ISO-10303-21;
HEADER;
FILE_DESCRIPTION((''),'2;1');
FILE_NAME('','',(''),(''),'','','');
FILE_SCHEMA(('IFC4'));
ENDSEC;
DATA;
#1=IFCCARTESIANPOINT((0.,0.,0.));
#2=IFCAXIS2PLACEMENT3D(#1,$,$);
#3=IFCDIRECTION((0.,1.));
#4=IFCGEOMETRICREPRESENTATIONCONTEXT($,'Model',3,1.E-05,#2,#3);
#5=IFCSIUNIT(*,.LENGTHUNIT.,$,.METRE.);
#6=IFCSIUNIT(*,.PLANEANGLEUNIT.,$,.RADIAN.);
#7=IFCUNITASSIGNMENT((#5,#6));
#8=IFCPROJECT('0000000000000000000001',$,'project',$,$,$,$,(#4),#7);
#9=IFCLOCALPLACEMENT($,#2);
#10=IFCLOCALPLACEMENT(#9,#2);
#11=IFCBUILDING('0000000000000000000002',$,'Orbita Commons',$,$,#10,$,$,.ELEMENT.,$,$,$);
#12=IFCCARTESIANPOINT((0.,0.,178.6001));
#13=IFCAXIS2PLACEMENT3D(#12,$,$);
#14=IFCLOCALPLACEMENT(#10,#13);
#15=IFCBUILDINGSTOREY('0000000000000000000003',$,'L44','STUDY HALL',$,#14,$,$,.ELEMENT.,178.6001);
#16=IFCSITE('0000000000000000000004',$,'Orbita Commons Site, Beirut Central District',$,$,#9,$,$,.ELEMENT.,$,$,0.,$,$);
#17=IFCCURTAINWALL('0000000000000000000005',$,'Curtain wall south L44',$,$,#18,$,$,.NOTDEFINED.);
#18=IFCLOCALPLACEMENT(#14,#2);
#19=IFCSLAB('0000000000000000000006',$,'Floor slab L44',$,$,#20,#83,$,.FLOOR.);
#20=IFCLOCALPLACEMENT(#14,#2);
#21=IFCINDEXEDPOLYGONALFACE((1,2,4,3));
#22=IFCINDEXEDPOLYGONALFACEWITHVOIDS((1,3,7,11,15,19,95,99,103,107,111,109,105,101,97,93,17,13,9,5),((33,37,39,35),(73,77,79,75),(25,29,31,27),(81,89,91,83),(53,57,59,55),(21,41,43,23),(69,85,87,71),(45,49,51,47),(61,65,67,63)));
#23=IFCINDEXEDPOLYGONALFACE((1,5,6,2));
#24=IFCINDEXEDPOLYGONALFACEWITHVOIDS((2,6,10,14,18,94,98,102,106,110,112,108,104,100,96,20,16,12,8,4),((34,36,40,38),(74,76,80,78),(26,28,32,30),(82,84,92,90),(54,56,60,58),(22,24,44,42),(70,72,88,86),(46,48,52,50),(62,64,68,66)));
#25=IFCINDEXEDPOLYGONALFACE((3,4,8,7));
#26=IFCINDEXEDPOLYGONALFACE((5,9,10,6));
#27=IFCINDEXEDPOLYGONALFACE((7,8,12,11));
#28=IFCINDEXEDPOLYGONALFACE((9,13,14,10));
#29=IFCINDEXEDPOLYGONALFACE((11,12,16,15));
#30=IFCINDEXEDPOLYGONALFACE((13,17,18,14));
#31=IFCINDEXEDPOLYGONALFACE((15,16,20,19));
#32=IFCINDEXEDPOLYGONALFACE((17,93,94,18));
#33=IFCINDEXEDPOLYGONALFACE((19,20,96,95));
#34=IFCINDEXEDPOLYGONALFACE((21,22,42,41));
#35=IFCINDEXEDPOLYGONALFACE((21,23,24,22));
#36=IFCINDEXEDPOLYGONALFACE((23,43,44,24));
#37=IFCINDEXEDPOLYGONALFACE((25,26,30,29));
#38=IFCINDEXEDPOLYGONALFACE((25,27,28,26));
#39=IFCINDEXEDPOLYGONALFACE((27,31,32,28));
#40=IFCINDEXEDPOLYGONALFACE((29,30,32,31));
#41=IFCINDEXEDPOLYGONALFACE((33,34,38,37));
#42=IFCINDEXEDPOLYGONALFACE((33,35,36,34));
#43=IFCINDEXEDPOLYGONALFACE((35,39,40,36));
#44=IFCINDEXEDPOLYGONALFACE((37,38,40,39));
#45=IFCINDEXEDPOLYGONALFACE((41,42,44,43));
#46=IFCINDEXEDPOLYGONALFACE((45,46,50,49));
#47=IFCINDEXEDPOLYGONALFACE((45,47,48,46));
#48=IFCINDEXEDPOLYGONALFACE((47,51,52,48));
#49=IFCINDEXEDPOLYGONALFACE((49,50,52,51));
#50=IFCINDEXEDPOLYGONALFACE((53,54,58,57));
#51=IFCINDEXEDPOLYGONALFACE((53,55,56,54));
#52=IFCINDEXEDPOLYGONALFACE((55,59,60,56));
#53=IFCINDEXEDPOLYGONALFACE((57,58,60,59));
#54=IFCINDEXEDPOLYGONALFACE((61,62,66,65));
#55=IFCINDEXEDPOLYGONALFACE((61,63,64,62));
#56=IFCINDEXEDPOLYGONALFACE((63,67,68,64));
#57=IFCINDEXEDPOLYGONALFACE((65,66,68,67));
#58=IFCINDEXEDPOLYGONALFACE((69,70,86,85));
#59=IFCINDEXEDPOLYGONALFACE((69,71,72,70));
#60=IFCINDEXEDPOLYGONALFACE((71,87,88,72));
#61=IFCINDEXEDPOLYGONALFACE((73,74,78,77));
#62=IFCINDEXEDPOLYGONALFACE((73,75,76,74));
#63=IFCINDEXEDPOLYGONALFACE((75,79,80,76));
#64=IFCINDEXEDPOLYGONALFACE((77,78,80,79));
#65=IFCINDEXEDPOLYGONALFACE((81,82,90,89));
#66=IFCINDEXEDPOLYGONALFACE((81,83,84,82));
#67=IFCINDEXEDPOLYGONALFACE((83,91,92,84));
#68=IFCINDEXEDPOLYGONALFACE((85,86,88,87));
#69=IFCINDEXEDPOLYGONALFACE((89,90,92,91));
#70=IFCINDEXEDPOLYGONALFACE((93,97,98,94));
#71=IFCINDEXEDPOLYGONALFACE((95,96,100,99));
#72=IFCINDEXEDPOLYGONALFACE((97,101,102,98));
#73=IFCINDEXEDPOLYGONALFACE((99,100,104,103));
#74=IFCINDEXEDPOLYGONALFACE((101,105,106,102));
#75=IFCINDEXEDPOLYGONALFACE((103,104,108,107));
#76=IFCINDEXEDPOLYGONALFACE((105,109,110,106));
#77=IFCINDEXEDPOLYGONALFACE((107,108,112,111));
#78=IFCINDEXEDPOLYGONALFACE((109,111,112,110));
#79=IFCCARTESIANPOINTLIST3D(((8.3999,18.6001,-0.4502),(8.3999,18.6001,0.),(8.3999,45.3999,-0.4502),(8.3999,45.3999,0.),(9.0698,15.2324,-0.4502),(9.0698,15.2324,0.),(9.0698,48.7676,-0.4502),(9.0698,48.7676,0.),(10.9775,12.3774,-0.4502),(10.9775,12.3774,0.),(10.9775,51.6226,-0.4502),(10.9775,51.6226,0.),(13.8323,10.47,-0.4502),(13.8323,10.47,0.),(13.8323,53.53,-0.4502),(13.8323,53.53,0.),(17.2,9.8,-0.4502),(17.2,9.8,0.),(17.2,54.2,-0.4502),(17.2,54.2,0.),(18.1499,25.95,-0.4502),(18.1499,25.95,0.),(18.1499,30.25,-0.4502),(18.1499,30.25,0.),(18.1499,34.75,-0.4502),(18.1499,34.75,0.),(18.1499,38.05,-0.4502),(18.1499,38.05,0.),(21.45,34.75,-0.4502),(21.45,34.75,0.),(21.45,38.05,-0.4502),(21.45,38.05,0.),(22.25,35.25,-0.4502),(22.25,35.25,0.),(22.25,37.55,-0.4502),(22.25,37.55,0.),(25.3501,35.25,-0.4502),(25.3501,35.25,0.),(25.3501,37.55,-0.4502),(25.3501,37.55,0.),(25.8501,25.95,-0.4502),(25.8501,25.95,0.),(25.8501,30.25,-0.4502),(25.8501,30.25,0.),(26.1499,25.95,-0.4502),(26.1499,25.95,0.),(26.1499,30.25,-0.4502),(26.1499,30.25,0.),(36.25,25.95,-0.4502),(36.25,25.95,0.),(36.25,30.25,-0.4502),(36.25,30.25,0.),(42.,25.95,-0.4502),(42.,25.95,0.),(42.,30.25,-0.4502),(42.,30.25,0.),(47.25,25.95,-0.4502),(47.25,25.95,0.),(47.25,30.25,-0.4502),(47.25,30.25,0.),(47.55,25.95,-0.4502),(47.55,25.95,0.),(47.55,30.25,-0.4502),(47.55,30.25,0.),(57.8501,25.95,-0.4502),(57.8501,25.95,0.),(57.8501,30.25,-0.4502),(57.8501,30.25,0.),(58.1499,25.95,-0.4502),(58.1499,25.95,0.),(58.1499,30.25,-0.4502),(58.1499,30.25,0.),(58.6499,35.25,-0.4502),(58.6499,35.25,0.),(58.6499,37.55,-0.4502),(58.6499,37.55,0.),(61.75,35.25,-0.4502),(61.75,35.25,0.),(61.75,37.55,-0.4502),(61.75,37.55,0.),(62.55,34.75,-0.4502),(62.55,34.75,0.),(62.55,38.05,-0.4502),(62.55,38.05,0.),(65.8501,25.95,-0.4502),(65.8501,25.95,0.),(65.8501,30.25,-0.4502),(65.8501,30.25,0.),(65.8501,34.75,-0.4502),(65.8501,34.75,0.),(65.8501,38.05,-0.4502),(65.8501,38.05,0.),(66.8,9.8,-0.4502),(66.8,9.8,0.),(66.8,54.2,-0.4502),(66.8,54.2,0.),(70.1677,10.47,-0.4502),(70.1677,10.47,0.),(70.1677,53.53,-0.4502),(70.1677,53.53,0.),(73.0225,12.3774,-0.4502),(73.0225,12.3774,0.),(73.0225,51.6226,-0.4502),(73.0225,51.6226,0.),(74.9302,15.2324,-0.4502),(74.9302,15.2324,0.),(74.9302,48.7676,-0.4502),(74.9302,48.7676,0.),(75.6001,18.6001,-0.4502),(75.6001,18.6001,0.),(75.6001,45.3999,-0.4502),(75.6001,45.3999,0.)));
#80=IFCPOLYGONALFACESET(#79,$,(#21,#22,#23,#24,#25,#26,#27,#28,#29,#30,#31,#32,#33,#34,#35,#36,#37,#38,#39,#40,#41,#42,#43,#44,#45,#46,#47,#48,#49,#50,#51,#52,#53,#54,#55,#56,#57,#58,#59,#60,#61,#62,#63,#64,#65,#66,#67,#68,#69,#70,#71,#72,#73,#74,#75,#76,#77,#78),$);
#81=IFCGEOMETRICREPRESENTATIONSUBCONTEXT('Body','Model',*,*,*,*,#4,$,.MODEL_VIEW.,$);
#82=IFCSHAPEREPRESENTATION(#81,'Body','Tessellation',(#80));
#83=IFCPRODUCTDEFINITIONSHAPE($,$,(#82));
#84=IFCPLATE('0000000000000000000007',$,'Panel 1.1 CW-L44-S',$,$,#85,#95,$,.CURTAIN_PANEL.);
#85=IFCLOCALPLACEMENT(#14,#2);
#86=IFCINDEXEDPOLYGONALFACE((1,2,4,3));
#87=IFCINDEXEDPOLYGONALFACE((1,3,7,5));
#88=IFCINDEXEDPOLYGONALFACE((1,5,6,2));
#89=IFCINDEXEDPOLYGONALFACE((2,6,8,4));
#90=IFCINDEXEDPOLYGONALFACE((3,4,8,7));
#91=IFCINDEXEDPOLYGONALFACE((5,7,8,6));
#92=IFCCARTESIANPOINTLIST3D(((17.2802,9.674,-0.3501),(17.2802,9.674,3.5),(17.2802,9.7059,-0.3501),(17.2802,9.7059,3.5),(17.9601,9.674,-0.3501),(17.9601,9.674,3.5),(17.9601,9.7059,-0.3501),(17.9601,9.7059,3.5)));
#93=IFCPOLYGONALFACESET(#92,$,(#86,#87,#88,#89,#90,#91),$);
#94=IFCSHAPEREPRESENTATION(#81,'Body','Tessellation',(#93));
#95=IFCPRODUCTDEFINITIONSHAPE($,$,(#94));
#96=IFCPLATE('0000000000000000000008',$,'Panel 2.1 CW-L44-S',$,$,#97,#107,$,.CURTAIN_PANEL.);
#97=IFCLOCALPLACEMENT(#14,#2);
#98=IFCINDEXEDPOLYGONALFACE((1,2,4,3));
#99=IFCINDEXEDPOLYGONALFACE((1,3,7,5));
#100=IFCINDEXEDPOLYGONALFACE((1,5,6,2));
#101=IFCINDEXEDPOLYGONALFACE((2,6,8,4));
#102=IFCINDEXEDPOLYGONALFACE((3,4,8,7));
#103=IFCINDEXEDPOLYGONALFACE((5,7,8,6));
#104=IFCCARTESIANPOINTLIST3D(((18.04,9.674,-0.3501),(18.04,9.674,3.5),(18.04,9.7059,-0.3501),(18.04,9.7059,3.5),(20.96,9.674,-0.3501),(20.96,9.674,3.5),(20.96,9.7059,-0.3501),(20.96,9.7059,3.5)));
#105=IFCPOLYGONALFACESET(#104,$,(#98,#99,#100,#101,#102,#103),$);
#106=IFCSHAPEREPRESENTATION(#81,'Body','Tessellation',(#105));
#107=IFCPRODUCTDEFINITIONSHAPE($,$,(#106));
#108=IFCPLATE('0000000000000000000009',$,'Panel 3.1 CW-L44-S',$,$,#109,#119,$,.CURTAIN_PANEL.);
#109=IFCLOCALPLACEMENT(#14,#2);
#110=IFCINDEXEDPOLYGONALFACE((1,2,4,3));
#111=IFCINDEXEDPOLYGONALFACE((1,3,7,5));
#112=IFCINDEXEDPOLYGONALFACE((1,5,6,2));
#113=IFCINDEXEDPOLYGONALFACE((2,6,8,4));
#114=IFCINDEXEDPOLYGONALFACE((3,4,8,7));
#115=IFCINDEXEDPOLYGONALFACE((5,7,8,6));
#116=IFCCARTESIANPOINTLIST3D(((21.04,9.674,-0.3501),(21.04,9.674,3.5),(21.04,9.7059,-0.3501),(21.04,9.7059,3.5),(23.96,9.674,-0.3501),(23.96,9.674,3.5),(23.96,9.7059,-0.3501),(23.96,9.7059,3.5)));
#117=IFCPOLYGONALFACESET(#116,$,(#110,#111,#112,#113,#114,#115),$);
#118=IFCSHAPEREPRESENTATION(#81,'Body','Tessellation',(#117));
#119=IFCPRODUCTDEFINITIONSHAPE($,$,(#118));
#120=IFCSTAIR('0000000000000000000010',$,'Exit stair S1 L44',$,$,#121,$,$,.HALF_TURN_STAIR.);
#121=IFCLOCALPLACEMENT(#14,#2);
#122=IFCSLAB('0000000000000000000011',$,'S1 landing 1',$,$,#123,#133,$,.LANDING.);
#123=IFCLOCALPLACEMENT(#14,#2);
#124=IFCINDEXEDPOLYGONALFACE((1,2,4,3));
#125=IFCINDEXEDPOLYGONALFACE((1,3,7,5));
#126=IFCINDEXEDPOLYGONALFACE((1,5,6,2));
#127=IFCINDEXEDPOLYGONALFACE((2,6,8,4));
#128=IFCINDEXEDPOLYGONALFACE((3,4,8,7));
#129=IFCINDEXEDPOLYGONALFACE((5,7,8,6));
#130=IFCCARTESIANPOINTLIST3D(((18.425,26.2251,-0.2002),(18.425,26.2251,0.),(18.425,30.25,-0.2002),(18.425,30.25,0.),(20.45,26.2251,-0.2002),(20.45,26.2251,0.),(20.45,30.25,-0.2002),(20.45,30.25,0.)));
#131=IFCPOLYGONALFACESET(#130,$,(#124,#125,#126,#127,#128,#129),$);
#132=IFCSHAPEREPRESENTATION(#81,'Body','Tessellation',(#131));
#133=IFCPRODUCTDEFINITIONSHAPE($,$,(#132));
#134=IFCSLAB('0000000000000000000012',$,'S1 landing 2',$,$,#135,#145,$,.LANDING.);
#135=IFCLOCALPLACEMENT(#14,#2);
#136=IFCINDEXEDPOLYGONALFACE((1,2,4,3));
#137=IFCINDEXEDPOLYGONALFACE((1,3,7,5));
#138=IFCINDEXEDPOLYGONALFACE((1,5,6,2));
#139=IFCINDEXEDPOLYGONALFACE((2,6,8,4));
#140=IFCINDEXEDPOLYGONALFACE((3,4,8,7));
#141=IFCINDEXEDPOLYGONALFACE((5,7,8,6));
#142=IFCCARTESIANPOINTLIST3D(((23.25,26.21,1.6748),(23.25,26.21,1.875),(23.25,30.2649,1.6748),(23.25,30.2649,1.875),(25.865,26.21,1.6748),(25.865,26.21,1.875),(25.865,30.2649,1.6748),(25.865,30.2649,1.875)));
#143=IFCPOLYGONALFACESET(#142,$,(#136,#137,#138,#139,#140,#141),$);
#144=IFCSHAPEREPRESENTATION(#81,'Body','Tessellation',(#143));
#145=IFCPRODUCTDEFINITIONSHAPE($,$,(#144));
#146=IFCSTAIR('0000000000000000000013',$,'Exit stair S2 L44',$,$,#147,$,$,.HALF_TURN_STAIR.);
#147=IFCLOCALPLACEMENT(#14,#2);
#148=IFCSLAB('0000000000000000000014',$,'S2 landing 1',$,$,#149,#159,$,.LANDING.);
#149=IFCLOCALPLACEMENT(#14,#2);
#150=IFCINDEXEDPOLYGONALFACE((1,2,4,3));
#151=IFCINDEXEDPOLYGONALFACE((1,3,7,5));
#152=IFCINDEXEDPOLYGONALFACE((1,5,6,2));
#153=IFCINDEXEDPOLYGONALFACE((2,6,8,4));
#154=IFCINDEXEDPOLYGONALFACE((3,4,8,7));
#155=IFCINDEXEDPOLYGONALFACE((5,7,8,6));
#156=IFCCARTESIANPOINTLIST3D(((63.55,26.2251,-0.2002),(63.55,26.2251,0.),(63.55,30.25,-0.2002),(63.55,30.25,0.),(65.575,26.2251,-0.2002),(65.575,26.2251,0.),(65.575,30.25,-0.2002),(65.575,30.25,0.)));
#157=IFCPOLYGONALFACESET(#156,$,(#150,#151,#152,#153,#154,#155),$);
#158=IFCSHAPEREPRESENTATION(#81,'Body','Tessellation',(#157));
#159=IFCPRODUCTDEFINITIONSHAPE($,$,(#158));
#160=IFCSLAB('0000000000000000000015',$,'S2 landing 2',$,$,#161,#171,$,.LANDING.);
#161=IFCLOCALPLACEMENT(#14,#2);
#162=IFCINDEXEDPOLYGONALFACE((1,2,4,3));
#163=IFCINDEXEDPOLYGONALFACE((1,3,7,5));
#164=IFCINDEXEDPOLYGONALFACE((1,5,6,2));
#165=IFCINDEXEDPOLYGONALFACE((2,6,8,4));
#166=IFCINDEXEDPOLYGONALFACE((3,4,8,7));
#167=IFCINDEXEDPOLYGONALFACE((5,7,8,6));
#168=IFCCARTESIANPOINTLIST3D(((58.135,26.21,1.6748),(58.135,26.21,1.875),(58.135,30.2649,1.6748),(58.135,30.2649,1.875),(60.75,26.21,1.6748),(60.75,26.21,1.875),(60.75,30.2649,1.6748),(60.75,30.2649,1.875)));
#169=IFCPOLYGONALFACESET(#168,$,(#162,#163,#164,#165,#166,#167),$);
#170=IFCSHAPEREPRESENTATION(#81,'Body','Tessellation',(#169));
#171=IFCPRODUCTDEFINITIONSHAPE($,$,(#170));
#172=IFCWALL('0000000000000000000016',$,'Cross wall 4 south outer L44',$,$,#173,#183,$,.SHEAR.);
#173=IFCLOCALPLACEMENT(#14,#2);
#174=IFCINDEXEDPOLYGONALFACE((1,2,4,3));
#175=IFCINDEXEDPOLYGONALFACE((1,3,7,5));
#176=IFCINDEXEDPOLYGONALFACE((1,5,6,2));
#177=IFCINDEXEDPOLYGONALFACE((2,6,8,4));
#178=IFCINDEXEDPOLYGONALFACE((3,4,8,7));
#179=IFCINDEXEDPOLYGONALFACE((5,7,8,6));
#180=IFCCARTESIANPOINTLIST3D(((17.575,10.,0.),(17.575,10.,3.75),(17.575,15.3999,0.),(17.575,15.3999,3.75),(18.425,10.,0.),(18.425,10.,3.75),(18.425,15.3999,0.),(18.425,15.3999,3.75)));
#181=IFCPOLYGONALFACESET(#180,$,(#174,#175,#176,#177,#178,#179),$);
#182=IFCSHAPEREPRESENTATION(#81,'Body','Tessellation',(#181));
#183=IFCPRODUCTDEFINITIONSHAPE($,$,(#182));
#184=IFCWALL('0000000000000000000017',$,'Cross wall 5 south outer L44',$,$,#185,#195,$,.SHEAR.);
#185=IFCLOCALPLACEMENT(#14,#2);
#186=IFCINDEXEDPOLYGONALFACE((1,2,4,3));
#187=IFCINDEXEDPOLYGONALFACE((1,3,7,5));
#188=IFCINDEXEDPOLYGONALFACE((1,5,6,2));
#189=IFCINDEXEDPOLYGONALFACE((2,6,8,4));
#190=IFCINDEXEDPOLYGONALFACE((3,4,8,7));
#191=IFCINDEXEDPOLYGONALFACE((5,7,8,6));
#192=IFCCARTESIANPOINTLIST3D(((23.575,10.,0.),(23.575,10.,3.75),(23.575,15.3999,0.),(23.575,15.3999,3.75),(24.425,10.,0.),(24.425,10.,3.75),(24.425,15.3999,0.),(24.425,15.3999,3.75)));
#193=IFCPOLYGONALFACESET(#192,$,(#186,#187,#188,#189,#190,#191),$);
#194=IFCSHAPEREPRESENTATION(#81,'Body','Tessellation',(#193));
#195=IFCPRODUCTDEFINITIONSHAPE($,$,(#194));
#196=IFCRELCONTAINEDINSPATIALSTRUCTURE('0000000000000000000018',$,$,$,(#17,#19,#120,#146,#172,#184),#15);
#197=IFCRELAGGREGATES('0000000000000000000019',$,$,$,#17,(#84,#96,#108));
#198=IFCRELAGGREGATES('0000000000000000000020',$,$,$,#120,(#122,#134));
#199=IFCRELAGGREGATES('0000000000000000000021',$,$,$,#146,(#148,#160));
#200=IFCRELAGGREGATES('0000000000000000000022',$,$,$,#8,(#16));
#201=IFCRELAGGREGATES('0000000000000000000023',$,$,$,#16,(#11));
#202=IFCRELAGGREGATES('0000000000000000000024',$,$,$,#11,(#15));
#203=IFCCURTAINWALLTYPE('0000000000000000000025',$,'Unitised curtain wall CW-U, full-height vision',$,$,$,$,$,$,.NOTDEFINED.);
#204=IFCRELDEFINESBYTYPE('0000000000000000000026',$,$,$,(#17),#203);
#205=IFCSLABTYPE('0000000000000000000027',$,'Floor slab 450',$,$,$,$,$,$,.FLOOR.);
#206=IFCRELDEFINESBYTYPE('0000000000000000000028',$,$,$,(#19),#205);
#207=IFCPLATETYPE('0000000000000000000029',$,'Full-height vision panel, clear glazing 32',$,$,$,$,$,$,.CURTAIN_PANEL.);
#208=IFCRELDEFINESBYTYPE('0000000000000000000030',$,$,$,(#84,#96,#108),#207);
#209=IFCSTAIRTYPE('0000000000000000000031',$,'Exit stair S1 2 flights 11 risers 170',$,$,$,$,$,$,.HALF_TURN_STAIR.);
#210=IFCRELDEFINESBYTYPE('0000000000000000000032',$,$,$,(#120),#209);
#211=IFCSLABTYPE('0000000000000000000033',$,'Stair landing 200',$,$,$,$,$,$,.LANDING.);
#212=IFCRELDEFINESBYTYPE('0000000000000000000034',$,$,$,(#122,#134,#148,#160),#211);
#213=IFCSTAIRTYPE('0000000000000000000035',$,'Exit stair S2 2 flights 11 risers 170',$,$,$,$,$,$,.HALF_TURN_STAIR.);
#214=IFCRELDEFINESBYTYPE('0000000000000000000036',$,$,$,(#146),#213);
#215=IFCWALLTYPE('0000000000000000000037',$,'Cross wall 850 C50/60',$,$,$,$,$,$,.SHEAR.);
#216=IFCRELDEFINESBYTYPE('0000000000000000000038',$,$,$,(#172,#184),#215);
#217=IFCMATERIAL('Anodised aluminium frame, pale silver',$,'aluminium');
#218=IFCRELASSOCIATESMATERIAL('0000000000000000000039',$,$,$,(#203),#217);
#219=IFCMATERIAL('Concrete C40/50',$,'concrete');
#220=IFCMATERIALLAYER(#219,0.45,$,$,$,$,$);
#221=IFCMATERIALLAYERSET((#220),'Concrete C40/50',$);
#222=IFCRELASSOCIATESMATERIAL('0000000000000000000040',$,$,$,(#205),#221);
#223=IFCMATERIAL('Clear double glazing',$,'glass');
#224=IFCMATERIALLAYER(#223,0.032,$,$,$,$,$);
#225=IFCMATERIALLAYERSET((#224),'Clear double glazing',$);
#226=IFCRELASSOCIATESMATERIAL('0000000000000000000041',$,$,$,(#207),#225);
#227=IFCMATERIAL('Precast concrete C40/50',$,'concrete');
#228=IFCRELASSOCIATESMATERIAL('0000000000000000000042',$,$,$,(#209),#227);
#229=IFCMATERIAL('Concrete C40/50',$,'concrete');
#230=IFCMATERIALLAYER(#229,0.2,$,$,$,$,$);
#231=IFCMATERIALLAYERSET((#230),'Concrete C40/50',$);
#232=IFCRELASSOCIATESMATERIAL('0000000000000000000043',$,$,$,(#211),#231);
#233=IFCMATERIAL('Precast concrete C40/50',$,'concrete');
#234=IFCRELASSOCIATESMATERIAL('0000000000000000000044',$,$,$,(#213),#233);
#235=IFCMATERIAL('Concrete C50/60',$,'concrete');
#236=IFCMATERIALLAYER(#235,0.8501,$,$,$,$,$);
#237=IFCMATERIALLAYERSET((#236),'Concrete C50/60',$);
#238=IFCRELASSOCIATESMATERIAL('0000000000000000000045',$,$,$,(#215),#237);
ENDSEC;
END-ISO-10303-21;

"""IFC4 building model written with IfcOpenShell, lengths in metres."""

from ifc_helpers import new_model, si_unit, direction, frame, frame_2d, origin, origin_2d, place, context, subcontext, project, spatial, polyline, rectangle, outline, extrude, material, layer, layer_set, type_object, element, aggregate, save


model = new_model("IFC4")

# Units and contexts
model_context = context("Model", 3, precision=1e-05, world=origin(), true_north=direction((0.0, 1.0)))
body_context = subcontext(model_context, "Body", "Model", "MODEL_VIEW")
ifc_project = project(units=[si_unit("LENGTHUNIT", "METRE"), si_unit("PLANEANGLEUNIT", "RADIAN")], contexts=[model_context])

# Site, building, storey
site_placement = place(None, origin())
site = spatial("IfcSite", under=ifc_project, at=site_placement, Name="Orbita Commons Site, Beirut Central District", CompositionType="ELEMENT", RefElevation=0.0)
building_placement = place(site_placement, origin())
building = spatial("IfcBuilding", under=site, at=building_placement, Name="Orbita Commons", CompositionType="ELEMENT")
storey_placement = place(building_placement, frame((0.0, 0.0, 178.6001)))
storey = spatial("IfcBuildingStorey", under=building, at=storey_placement, Name="L44", Description="STUDY HALL", CompositionType="ELEMENT", Elevation=178.6001)

# Curtain wall
ifc_material_1 = material(Name="Anodised aluminium frame, pale silver", Category="aluminium")
curtain_wall_type = type_object("IfcCurtainWallType", Name="Unitised curtain wall CW-U, full-height vision", PredefinedType="NOTDEFINED", material=ifc_material_1)
curtain_wall_placement = place(storey_placement, origin())
curtain_wall = element("IfcCurtainWall", 1, at=curtain_wall_placement, inside=storey, type_object=curtain_wall_type, Name="Curtain wall south L44", PredefinedType="NOTDEFINED")

# Slab
ifc_material_2 = material(Name="Concrete C40/50", Category="concrete")
ifc_layer_1 = layer(ifc_material_2, 0.45)
ifc_layer_set_1 = layer_set([ifc_layer_1], Name="Concrete C40/50")
slab_type_1 = type_object("IfcSlabType", Name="Floor slab 450", PredefinedType="FLOOR", material=ifc_layer_set_1)
slab_1_placement = place(storey_placement, frame((0.0, 0.0, -0.4502)))
element("IfcSlab", 2, at=slab_1_placement, inside=storey, type_object=slab_type_1, Name="Floor slab L44", PredefinedType="FLOOR", context=body_context, shape_type="SweptSolid", body=[
    extrude(outline(polyline([(66.8, 9.8), (70.1677, 10.47), (73.0225, 12.3774), (74.9302, 15.2324), (75.6001, 18.6001), (75.6001, 45.3999), (74.9302, 48.7676), (73.0225, 51.6226), (70.1677, 53.53), (66.8, 54.2), (17.2, 54.2), (13.8323, 53.53), (10.9775, 51.6226), (9.0698, 48.7676), (8.3999, 45.3999), (8.3999, 18.6001), (9.0698, 15.2324), (10.9775, 12.3774), (13.8323, 10.47), (17.2, 9.8), (66.8, 9.8)]), holes=[polyline([(18.1499, 25.95), (25.8501, 25.95), (25.8501, 30.25), (18.1499, 30.25), (18.1499, 25.95)]), polyline([(58.1499, 25.95), (65.8501, 25.95), (65.8501, 30.25), (58.1499, 30.25), (58.1499, 25.95)]), polyline([(18.1499, 34.75), (21.45, 34.75), (21.45, 38.05), (18.1499, 38.05), (18.1499, 34.75)]), polyline([(62.55, 34.75), (65.8501, 34.75), (65.8501, 38.05), (62.55, 38.05), (62.55, 34.75)]), polyline([(22.25, 35.25), (25.3501, 35.25), (25.3501, 37.55), (22.25, 37.55), (22.25, 35.25)]), polyline([(58.6499, 35.25), (61.75, 35.25), (61.75, 37.55), (58.6499, 37.55), (58.6499, 35.25)]), polyline([(26.1499, 25.95), (36.25, 25.95), (36.25, 30.25), (26.1499, 30.25), (26.1499, 25.95)]), polyline([(42.0, 25.95), (47.25, 25.95), (47.25, 30.25), (42.0, 30.25), (42.0, 25.95)]), polyline([(47.55, 25.95), (57.8501, 25.95), (57.8501, 30.25), (47.55, 30.25), (47.55, 25.95)])]), origin(), (0.0, 0.0, 1.0), 0.4502),
])

# Plates
ifc_material_3 = material(Name="Clear double glazing", Category="glass")
ifc_layer_2 = layer(ifc_material_3, 0.032)
ifc_layer_set_2 = layer_set([ifc_layer_2], Name="Clear double glazing")
plate_type = type_object("IfcPlateType", Name="Full-height vision panel, clear glazing 32", PredefinedType="CURTAIN_PANEL", material=ifc_layer_set_2)
plate_1_placement = place(storey_placement, frame((17.6201, 9.6899, -0.3501), z_axis=(0.0, 0.0, 1.0), x_axis=(1.0, 0.0, 0.0)))
plate_1 = element("IfcPlate", 3, at=plate_1_placement, type_object=plate_type, Name="Panel 1.1 CW-L44-S", PredefinedType="CURTAIN_PANEL", context=body_context, shape_type="SweptSolid", body=[
    extrude(rectangle(XDim=0.6799, YDim=0.032, at=origin_2d()), origin(), (0.0, 0.0, 1.0), 3.8501),
])
plate_2_placement = place(storey_placement, frame((19.5, 9.6899, -0.3501), z_axis=(0.0, 0.0, 1.0), x_axis=(1.0, 0.0, 0.0)))
plate_2 = element("IfcPlate", 4, at=plate_2_placement, type_object=plate_type, Name="Panel 2.1 CW-L44-S", PredefinedType="CURTAIN_PANEL", context=body_context, shape_type="SweptSolid", body=[
    extrude(rectangle(XDim=2.9199, YDim=0.032, at=origin_2d()), origin(), (0.0, 0.0, 1.0), 3.8501),
])
plate_3_placement = place(storey_placement, frame((22.5, 9.6899, -0.3501), z_axis=(0.0, 0.0, 1.0), x_axis=(1.0, 0.0, 0.0)))
plate_3 = element("IfcPlate", 5, at=plate_3_placement, type_object=plate_type, Name="Panel 3.1 CW-L44-S", PredefinedType="CURTAIN_PANEL", context=body_context, shape_type="SweptSolid", body=[
    extrude(rectangle(XDim=2.9199, YDim=0.032, at=origin_2d()), origin(), (0.0, 0.0, 1.0), 3.8501),
])
aggregate(curtain_wall, [plate_1, plate_2, plate_3])

# Stairs, slabs
ifc_material_4 = material(Name="Precast concrete C40/50", Category="concrete")
stair_type_1 = type_object("IfcStairType", Name="Exit stair S1 2 flights 11 risers 170", PredefinedType="HALF_TURN_STAIR", material=ifc_material_4)
stair_1_placement = place(storey_placement, origin())
stair_1 = element("IfcStair", 6, at=stair_1_placement, inside=storey, type_object=stair_type_1, Name="Exit stair S1 L44", PredefinedType="HALF_TURN_STAIR")
ifc_material_5 = material(Name="Concrete C40/50", Category="concrete")
ifc_layer_3 = layer(ifc_material_5, 0.2)
ifc_layer_set_3 = layer_set([ifc_layer_3], Name="Concrete C40/50")
slab_type_2 = type_object("IfcSlabType", Name="Stair landing 200", PredefinedType="LANDING", material=ifc_layer_set_3)
slab_2_placement = place(storey_placement, frame((0.0, 0.0, -0.2002)))
slab_2 = element("IfcSlab", 7, at=slab_2_placement, type_object=slab_type_2, Name="S1 landing 1", PredefinedType="LANDING", context=body_context, shape_type="SweptSolid", body=[
    extrude(outline(polyline([(18.425, 26.2251), (20.45, 26.2251), (20.45, 30.25), (18.425, 30.25), (18.425, 26.2251)])), origin(), (0.0, 0.0, 1.0), 0.2002),
])
slab_3_placement = place(storey_placement, frame((0.0, 0.0, 1.6748)))
slab_3 = element("IfcSlab", 8, at=slab_3_placement, type_object=slab_type_2, Name="S1 landing 2", PredefinedType="LANDING", context=body_context, shape_type="SweptSolid", body=[
    extrude(outline(polyline([(23.25, 26.21), (25.865, 26.21), (25.865, 30.2649), (23.25, 30.2649), (23.25, 26.21)])), origin(), (0.0, 0.0, 1.0), 0.2002),
])
aggregate(stair_1, [slab_2, slab_3])
ifc_material_6 = material(Name="Precast concrete C40/50", Category="concrete")
stair_type_2 = type_object("IfcStairType", Name="Exit stair S2 2 flights 11 risers 170", PredefinedType="HALF_TURN_STAIR", material=ifc_material_6)
stair_2_placement = place(storey_placement, origin())
stair_2 = element("IfcStair", 9, at=stair_2_placement, inside=storey, type_object=stair_type_2, Name="Exit stair S2 L44", PredefinedType="HALF_TURN_STAIR")
slab_4_placement = place(storey_placement, frame((0.0, 0.0, -0.2002)))
slab_4 = element("IfcSlab", 10, at=slab_4_placement, type_object=slab_type_2, Name="S2 landing 1", PredefinedType="LANDING", context=body_context, shape_type="SweptSolid", body=[
    extrude(outline(polyline([(63.55, 26.2251), (65.575, 26.2251), (65.575, 30.25), (63.55, 30.25), (63.55, 26.2251)])), origin(), (0.0, 0.0, 1.0), 0.2002),
])
slab_5_placement = place(storey_placement, frame((0.0, 0.0, 1.6748)))
slab_5 = element("IfcSlab", 11, at=slab_5_placement, type_object=slab_type_2, Name="S2 landing 2", PredefinedType="LANDING", context=body_context, shape_type="SweptSolid", body=[
    extrude(outline(polyline([(58.135, 26.21), (60.75, 26.21), (60.75, 30.2649), (58.135, 30.2649), (58.135, 26.21)])), origin(), (0.0, 0.0, 1.0), 0.2002),
])
aggregate(stair_2, [slab_4, slab_5])

# Walls
ifc_material_7 = material(Name="Concrete C50/60", Category="concrete")
ifc_layer_4 = layer(ifc_material_7, 0.8501)
ifc_layer_set_4 = layer_set([ifc_layer_4], Name="Concrete C50/60")
wall_type_1 = type_object("IfcWallType", Name="Cross wall 850 C50/60", PredefinedType="SHEAR", material=ifc_layer_set_4)
for number, where, z_axis, x_axis, name in (
    (12, (18.0, 10.0, 0.0), (0.0, 0.0, 1.0), (0.0, 1.0, 0.0), "Cross wall 4 south outer L44"),
    (13, (24.0, 10.0, 0.0), (0.0, 0.0, 1.0), (0.0, 1.0, 0.0), "Cross wall 5 south outer L44"),
):
    element("IfcWall", number, at=place(storey_placement, frame(where, z_axis=z_axis, x_axis=x_axis)), inside=storey, type_object=wall_type_1, Name=name, PredefinedType="SHEAR", context=body_context, shape_type="SweptSolid", body=[
        extrude(rectangle(XDim=5.3999, YDim=0.8501, at=frame_2d((2.7, 0.0))), origin(), (0.0, 0.0, 1.0), 3.75),
    ])

save(model, "model.ifc")
